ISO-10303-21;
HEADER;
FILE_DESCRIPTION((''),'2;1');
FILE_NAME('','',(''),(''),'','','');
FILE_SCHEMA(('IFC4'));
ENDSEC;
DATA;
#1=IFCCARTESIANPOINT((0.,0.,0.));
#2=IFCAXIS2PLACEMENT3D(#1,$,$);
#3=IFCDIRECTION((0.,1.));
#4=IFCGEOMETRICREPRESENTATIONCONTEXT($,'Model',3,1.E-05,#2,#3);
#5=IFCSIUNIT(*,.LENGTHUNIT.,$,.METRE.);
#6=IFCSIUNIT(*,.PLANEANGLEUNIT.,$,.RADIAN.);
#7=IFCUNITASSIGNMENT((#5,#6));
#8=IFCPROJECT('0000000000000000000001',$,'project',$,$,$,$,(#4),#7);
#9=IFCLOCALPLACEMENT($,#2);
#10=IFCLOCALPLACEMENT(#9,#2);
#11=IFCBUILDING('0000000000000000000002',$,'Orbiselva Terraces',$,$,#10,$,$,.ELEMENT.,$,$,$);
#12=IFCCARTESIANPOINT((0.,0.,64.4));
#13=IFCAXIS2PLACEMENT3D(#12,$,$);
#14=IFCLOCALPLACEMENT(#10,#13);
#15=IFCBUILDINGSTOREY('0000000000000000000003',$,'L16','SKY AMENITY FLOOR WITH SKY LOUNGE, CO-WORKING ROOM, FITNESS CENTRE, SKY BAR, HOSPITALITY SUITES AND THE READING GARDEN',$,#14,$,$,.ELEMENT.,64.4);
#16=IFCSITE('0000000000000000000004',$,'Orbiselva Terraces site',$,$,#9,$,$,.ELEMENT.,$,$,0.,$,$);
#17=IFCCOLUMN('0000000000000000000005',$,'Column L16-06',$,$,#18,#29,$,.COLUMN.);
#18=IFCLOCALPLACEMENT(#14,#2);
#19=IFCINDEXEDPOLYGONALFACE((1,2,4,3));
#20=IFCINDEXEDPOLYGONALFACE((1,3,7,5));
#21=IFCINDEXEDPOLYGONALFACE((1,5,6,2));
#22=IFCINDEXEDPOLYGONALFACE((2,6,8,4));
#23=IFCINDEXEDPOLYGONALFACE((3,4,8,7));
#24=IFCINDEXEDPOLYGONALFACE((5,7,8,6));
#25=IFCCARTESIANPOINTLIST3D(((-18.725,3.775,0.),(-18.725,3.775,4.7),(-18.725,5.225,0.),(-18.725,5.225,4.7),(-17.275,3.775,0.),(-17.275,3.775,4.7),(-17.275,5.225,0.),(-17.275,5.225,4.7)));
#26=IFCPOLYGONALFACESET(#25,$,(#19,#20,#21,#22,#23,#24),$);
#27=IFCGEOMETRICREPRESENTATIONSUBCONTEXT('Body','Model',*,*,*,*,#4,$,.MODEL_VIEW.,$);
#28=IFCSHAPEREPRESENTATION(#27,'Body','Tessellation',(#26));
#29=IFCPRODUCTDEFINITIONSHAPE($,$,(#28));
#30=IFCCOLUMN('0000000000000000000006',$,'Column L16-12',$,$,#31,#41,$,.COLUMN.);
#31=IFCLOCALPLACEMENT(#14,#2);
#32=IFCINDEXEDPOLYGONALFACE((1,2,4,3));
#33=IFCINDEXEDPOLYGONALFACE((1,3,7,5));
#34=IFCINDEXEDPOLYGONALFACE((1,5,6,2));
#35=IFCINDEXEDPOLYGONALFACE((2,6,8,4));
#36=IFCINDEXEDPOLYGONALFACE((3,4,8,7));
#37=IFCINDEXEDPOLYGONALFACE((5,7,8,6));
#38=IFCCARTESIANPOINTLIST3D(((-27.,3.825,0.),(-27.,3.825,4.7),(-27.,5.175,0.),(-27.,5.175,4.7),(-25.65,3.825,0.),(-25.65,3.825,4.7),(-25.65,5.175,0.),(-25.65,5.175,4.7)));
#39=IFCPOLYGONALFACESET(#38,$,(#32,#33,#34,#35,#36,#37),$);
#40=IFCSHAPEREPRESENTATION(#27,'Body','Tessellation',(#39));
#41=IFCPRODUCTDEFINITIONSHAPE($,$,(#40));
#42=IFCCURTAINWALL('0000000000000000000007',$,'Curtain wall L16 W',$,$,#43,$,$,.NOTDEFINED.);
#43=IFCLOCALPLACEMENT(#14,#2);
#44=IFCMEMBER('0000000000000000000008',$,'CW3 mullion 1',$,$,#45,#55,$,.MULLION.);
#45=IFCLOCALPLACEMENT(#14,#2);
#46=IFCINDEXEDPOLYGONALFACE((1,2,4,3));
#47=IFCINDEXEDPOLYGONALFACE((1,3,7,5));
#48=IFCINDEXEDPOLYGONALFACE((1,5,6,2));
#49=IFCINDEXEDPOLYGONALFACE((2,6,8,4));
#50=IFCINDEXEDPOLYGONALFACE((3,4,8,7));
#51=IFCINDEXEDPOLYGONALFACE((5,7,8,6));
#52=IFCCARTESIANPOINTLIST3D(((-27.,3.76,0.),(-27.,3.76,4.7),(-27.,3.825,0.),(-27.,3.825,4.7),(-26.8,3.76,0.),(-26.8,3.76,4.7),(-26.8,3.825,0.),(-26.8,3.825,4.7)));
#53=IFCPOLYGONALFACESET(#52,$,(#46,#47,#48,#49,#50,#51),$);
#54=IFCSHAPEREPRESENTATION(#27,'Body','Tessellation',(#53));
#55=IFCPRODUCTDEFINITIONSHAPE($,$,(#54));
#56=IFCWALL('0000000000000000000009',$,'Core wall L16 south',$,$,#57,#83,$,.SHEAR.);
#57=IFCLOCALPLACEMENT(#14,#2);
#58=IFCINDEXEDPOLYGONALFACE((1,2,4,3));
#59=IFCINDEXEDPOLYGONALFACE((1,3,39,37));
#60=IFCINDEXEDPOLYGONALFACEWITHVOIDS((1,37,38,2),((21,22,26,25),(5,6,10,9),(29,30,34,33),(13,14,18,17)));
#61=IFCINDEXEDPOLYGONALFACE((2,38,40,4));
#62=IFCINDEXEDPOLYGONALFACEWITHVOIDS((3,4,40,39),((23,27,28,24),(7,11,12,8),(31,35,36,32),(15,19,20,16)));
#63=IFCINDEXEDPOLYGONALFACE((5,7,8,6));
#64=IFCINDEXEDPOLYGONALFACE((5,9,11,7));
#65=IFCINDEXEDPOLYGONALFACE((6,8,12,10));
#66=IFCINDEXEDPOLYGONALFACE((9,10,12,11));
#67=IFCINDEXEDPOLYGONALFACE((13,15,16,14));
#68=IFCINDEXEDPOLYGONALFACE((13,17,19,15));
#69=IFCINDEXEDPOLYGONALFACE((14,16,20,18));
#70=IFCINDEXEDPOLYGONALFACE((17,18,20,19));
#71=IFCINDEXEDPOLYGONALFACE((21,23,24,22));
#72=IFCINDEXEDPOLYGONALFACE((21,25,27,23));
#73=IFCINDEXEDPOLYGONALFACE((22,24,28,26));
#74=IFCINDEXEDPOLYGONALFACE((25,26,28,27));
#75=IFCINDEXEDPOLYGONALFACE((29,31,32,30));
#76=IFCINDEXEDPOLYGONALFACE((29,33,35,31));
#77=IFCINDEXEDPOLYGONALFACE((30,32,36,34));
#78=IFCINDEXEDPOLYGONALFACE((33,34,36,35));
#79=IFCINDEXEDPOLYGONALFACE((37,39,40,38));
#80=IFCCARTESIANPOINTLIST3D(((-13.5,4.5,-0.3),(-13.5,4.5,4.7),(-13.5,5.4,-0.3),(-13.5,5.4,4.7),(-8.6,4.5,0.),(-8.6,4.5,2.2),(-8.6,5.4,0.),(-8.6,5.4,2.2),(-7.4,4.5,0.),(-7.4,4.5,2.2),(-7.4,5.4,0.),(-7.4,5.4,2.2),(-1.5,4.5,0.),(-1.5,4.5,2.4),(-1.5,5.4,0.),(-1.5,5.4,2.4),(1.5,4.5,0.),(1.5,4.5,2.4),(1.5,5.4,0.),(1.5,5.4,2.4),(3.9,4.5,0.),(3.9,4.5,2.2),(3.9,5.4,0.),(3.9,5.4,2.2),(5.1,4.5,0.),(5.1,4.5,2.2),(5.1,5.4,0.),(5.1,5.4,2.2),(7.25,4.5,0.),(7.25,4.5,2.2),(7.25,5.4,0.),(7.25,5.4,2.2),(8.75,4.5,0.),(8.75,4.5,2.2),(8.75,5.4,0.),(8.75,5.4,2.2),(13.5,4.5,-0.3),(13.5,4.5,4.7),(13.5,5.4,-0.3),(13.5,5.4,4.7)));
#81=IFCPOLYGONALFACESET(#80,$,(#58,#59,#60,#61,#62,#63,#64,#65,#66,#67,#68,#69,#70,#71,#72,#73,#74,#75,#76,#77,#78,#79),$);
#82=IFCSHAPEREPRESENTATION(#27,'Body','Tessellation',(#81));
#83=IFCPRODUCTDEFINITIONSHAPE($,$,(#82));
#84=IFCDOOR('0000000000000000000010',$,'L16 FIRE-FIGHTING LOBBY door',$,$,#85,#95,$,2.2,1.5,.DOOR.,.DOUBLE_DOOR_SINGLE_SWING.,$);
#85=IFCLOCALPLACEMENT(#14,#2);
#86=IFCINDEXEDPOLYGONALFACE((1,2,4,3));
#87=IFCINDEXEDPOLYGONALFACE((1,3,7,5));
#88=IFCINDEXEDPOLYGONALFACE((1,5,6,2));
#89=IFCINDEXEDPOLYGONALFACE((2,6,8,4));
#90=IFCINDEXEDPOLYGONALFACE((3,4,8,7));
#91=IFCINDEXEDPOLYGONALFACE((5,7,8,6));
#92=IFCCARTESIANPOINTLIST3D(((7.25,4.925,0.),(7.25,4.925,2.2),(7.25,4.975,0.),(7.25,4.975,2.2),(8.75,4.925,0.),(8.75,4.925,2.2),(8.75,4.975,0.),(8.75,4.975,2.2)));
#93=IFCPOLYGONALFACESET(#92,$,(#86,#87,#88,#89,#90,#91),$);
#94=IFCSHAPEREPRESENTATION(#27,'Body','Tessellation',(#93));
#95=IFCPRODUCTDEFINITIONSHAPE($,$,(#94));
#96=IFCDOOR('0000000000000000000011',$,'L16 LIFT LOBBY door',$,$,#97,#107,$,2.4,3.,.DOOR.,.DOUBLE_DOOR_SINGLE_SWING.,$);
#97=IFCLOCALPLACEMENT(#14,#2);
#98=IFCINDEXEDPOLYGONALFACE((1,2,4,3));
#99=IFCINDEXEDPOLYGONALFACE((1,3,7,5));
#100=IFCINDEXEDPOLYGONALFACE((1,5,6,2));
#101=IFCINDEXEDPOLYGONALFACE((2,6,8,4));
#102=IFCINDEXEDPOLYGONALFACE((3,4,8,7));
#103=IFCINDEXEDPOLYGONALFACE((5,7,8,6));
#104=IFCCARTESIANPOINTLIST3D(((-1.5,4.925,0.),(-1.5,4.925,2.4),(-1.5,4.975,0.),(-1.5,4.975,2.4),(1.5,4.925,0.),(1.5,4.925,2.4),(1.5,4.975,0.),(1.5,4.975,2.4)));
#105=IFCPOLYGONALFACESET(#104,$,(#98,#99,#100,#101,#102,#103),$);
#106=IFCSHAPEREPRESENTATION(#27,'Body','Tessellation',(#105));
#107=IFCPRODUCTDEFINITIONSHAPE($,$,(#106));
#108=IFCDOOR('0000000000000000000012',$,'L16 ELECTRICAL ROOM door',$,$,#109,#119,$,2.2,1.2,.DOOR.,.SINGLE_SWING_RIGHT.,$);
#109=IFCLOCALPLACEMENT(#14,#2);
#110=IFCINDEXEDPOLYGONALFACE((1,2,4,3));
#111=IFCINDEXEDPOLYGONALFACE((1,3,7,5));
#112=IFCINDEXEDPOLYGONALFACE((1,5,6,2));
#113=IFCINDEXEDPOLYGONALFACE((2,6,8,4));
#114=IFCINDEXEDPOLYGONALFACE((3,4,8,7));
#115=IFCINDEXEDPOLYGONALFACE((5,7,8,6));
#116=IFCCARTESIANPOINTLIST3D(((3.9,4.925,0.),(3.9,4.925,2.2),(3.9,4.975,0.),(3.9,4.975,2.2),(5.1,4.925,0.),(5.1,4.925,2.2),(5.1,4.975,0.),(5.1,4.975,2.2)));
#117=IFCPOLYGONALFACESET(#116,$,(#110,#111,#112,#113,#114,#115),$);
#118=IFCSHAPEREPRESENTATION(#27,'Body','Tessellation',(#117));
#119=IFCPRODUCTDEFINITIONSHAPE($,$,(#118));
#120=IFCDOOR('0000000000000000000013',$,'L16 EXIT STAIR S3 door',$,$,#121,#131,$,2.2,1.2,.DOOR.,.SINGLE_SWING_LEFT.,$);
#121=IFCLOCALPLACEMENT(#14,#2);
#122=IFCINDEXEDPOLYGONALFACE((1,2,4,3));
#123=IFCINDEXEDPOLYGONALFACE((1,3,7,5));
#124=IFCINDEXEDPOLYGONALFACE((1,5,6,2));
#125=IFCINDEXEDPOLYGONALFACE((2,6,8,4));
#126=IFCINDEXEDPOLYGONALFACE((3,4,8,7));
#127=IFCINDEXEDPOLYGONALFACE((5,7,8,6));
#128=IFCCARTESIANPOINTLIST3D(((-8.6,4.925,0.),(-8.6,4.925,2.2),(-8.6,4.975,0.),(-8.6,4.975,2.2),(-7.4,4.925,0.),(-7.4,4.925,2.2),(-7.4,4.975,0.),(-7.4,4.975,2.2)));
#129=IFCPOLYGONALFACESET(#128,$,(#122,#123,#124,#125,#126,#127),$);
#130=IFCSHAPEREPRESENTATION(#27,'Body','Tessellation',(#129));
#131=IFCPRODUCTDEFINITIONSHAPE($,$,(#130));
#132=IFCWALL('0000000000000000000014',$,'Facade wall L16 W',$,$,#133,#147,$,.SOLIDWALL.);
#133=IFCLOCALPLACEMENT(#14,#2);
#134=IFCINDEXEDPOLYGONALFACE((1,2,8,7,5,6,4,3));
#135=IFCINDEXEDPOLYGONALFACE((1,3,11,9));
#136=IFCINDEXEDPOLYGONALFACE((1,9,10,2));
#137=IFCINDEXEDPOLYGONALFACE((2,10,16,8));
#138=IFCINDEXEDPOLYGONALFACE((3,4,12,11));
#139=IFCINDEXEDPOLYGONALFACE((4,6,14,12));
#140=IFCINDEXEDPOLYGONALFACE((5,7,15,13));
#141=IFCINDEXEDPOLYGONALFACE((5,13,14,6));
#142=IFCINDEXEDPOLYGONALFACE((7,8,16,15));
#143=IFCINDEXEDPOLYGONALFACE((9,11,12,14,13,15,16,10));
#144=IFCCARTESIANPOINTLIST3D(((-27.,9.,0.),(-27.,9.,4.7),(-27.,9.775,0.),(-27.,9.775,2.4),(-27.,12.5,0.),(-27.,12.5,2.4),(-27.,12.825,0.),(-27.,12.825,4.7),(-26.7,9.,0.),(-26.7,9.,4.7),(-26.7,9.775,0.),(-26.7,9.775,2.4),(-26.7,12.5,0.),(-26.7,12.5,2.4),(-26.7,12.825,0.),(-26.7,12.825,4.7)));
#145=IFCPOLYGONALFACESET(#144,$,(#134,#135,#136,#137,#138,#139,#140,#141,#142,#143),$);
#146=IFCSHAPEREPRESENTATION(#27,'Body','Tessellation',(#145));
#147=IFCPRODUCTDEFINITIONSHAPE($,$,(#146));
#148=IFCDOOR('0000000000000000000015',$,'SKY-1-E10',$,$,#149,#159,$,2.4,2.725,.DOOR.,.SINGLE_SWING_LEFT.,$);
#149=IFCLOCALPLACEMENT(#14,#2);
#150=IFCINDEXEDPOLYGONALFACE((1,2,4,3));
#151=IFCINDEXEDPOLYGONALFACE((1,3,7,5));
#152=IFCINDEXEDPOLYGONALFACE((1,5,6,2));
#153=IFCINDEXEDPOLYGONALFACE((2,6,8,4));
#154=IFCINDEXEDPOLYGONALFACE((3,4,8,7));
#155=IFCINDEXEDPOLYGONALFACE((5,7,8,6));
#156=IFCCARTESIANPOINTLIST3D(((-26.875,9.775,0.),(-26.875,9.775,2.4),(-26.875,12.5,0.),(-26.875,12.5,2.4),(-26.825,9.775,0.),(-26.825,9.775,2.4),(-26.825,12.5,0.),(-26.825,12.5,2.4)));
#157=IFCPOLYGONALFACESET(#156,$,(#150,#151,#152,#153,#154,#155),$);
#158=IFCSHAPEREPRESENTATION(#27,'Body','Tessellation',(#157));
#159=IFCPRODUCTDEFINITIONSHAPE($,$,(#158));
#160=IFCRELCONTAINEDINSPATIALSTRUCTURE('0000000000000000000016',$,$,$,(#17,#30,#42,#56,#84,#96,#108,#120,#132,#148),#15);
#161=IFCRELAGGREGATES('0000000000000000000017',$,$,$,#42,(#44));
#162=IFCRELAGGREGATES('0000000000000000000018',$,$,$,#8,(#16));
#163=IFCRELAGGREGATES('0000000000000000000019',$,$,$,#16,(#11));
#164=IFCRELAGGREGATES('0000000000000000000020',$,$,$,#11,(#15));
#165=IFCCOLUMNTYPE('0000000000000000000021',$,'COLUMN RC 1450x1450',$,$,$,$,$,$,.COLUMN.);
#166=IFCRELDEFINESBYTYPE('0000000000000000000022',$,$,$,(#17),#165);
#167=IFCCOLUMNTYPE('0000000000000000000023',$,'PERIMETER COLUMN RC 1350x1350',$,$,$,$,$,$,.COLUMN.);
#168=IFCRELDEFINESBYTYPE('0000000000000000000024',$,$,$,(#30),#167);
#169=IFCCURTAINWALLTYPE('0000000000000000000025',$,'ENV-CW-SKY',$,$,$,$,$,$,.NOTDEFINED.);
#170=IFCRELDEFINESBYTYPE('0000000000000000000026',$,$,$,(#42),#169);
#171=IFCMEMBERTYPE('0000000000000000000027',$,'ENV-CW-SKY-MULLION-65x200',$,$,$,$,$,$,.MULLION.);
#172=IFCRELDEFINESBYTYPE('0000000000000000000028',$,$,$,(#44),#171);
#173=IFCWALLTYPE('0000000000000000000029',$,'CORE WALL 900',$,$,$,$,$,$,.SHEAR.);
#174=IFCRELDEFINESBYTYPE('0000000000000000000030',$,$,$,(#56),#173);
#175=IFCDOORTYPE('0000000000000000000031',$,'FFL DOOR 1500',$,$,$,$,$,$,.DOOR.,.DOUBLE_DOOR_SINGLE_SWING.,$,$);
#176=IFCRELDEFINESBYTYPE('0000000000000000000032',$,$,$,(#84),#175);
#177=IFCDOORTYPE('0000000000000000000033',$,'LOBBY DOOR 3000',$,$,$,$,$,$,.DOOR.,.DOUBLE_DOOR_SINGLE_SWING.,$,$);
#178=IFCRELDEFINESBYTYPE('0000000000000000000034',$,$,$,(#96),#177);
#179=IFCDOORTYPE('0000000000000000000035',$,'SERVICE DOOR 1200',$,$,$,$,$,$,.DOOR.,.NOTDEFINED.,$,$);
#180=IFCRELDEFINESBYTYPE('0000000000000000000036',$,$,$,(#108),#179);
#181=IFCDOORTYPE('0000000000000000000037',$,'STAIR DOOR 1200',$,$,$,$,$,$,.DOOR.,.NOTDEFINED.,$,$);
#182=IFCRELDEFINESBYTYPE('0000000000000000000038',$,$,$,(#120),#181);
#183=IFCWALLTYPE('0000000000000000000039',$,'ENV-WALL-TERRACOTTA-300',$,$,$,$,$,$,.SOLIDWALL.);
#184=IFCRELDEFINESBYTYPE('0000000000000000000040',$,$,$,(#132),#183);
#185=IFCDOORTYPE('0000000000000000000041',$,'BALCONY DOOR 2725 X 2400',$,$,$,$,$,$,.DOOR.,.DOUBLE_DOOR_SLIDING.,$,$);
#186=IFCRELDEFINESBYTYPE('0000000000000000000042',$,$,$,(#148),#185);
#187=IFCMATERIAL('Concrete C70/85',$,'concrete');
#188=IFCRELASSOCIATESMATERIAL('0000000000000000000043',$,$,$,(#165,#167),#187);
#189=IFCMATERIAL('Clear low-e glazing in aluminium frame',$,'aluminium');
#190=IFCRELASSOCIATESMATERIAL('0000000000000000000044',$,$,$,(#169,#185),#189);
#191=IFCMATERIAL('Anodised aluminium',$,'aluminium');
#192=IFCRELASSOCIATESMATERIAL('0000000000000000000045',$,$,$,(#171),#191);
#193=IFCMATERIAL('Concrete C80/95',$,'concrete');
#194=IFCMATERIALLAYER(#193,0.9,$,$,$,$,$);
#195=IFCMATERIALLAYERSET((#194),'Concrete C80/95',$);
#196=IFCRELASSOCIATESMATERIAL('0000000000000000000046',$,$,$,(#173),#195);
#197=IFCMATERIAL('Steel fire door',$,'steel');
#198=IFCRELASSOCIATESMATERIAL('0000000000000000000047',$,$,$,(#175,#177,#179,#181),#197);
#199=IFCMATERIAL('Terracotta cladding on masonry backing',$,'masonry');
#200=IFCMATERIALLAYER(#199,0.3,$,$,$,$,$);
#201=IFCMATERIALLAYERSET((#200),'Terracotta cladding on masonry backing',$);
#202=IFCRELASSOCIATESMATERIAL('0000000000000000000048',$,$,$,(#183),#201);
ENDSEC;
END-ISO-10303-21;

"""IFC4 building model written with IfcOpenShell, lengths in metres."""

from ifc_helpers import new_model, si_unit, direction, frame, frame_2d, origin, origin_2d, place, context, subcontext, project, spatial, rectangle, extrude, material, layer, layer_set, material_profile, profile_set, type_object, element, fill, aggregate, save


model = new_model("IFC4")

# Units and contexts
model_context = context("Model", 3, precision=1e-05, world=origin(), true_north=direction((0.0, 1.0)))
body_context = subcontext(model_context, "Body", "Model", "MODEL_VIEW")
ifc_project = project(units=[si_unit("LENGTHUNIT", "METRE"), si_unit("PLANEANGLEUNIT", "RADIAN")], contexts=[model_context])

# Site, building, storey
site_placement = place(None, origin())
site = spatial("IfcSite", under=ifc_project, at=site_placement, Name="Orbiselva Terraces site", CompositionType="ELEMENT", RefElevation=0.0)
building_placement = place(site_placement, origin())
building = spatial("IfcBuilding", under=site, at=building_placement, Name="Orbiselva Terraces", CompositionType="ELEMENT")
storey_placement = place(building_placement, frame((0.0, 0.0, 64.4)))
storey = spatial("IfcBuildingStorey", under=building, at=storey_placement, Name="L16", Description="SKY AMENITY FLOOR WITH SKY LOUNGE, CO-WORKING ROOM, FITNESS CENTRE, SKY BAR, HOSPITALITY SUITES AND THE READING GARDEN", CompositionType="ELEMENT", Elevation=64.4)

# Columns
ifc_material_1 = material(Name="Concrete C70/85", Category="concrete")
ifc_material_profile_1 = material_profile(ifc_material_1, rectangle(XDim=1.45, YDim=1.45, at=origin_2d()), Name="RC 1450x1450")
ifc_profile_set_1 = profile_set([ifc_material_profile_1], Name="Concrete C70/85")
column_type_1 = type_object("IfcColumnType", Name="COLUMN RC 1450x1450", PredefinedType="COLUMN", material=ifc_profile_set_1)
column_1_placement = place(storey_placement, frame((-18.0, 4.5, 0.0), z_axis=(0.0, 0.0, 1.0), x_axis=(1.0, 0.0, 0.0)))
element("IfcColumn", 1, at=column_1_placement, inside=storey, type_object=column_type_1, Name="Column L16-06", PredefinedType="COLUMN", context=body_context, shape_type="SweptSolid", body=[
    extrude(rectangle(XDim=1.45, YDim=1.45, at=origin_2d()), origin(), (0.0, 0.0, 1.0), 4.7),
])
ifc_material_profile_2 = material_profile(ifc_material_1, rectangle(XDim=1.35, YDim=1.35, at=origin_2d()), Name="RC 1350x1350")
ifc_profile_set_2 = profile_set([ifc_material_profile_2], Name="Concrete C70/85")
column_type_2 = type_object("IfcColumnType", Name="PERIMETER COLUMN RC 1350x1350", PredefinedType="COLUMN", material=ifc_profile_set_2)
column_2_placement = place(storey_placement, frame((-26.325, 4.5, 0.0), z_axis=(0.0, 0.0, 1.0), x_axis=(1.0, 0.0, 0.0)))
element("IfcColumn", 2, at=column_2_placement, inside=storey, type_object=column_type_2, Name="Column L16-12", PredefinedType="COLUMN", context=body_context, shape_type="SweptSolid", body=[
    extrude(rectangle(XDim=1.35, YDim=1.35, at=origin_2d()), origin(), (0.0, 0.0, 1.0), 4.7),
])

# Curtain wall, member
ifc_material_2 = material(Name="Clear low-e glazing in aluminium frame", Category="aluminium")
curtain_wall_type = type_object("IfcCurtainWallType", Name="ENV-CW-SKY", PredefinedType="NOTDEFINED", material=ifc_material_2)
curtain_wall_placement = place(storey_placement, origin())
curtain_wall = element("IfcCurtainWall", 3, at=curtain_wall_placement, inside=storey, type_object=curtain_wall_type, Name="Curtain wall L16 W", PredefinedType="NOTDEFINED")
ifc_material_3 = material(Name="Anodised aluminium", Category="aluminium")
ifc_material_profile_3 = material_profile(ifc_material_3, rectangle(XDim=0.2, YDim=0.065, at=origin_2d()), Name="AL 65x200")
ifc_profile_set_3 = profile_set([ifc_material_profile_3], Name="Anodised aluminium")
member_type = type_object("IfcMemberType", Name="ENV-CW-SKY-MULLION-65x200", PredefinedType="MULLION", material=ifc_profile_set_3)
member_placement = place(storey_placement, frame((-26.9, 3.7925, 0.0), z_axis=(0.0, 0.0, 1.0), x_axis=(1.0, 0.0, 0.0)))
member = element("IfcMember", 4, at=member_placement, type_object=member_type, Name="CW3 mullion 1", PredefinedType="MULLION", context=body_context, shape_type="SweptSolid", body=[
    extrude(rectangle(XDim=0.2, YDim=0.065, at=origin_2d()), origin(), (0.0, 0.0, 1.0), 4.7),
])
aggregate(curtain_wall, [member])

# Wall, openings, doors
ifc_material_4 = material(Name="Concrete C80/95", Category="concrete")
ifc_layer_1 = layer(ifc_material_4, 0.9)
ifc_layer_set_1 = layer_set([ifc_layer_1], Name="Concrete C80/95")
wall_type_1 = type_object("IfcWallType", Name="CORE WALL 900", PredefinedType="SHEAR", material=ifc_layer_set_1)
wall_1_placement = place(storey_placement, frame((-13.5, 4.95, -0.3), z_axis=(0.0, 0.0, 1.0), x_axis=(1.0, 0.0, 0.0)))
wall_1 = element("IfcWall", 5, at=wall_1_placement, inside=storey, type_object=wall_type_1, Name="Core wall L16 south", PredefinedType="SHEAR", context=body_context, shape_type="SweptSolid", body=[
    extrude(rectangle(XDim=27.0, YDim=0.9, at=frame_2d((13.5, 0.0))), origin(), (0.0, 0.0, 1.0), 5.0),
])
opening_1_placement = place(wall_1_placement, frame((12.0, 0.0, 0.3)))
opening_1 = element("IfcOpeningElement", 6, at=opening_1_placement, cuts=wall_1, PredefinedType="OPENING", context=body_context, shape_type="SweptSolid", body=[
    extrude(rectangle(XDim=3.0, YDim=2.4, at=frame_2d((1.5, 1.2))), frame((0.0, 0.46, 0.0), z_axis=(0.0, -1.0, 0.0), x_axis=(1.0, 0.0, 0.0)), (0.0, 0.0, 1.0), 0.92),
])
opening_2_placement = place(wall_1_placement, frame((4.9, 0.0, 0.3)))
opening_2 = element("IfcOpeningElement", 7, at=opening_2_placement, cuts=wall_1, PredefinedType="OPENING", context=body_context, shape_type="SweptSolid", body=[
    extrude(rectangle(XDim=1.2, YDim=2.2, at=frame_2d((0.6, 1.1))), frame((0.0, 0.46, 0.0), z_axis=(0.0, -1.0, 0.0), x_axis=(1.0, 0.0, 0.0)), (0.0, 0.0, 1.0), 0.92),
])
opening_3_placement = place(wall_1_placement, frame((20.75, 0.0, 0.3)))
opening_3 = element("IfcOpeningElement", 8, at=opening_3_placement, cuts=wall_1, PredefinedType="OPENING", context=body_context, shape_type="SweptSolid", body=[
    extrude(rectangle(XDim=1.5, YDim=2.2, at=frame_2d((0.75, 1.1))), frame((0.0, 0.46, 0.0), z_axis=(0.0, -1.0, 0.0), x_axis=(1.0, 0.0, 0.0)), (0.0, 0.0, 1.0), 0.92),
])
opening_4_placement = place(wall_1_placement, frame((17.4, 0.0, 0.3)))
opening_4 = element("IfcOpeningElement", 9, at=opening_4_placement, cuts=wall_1, PredefinedType="OPENING", context=body_context, shape_type="SweptSolid", body=[
    extrude(rectangle(XDim=1.2, YDim=2.2, at=frame_2d((0.6, 1.1))), frame((0.0, 0.46, 0.0), z_axis=(0.0, -1.0, 0.0), x_axis=(1.0, 0.0, 0.0)), (0.0, 0.0, 1.0), 0.92),
])
ifc_material_5 = material(Name="Steel fire door", Category="steel")
door_type_1 = type_object("IfcDoorType", Name="FFL DOOR 1500", OperationType="DOUBLE_DOOR_SINGLE_SWING", PredefinedType="DOOR", material=ifc_material_5)
door_1_placement = place(opening_3_placement, frame((1.5, 0.0, 0.0), z_axis=(0.0, 0.0, 1.0), x_axis=(-1.0, 0.0, 0.0)))
door_1 = element("IfcDoor", 10, at=door_1_placement, inside=storey, type_object=door_type_1, Name="L16 FIRE-FIGHTING LOBBY door", OperationType="DOUBLE_DOOR_SINGLE_SWING", OverallHeight=2.2, OverallWidth=1.5, PredefinedType="DOOR", context=body_context, shape_type="SweptSolid", body=[
    extrude(rectangle(XDim=1.5, YDim=2.2, at=frame_2d((0.75, 1.1))), frame((0.0, 0.025, 0.0), z_axis=(0.0, -1.0, 0.0), x_axis=(1.0, 0.0, 0.0)), (0.0, 0.0, 1.0), 0.05),
])
fill(opening_3, door_1)
door_type_2 = type_object("IfcDoorType", Name="LOBBY DOOR 3000", OperationType="DOUBLE_DOOR_SINGLE_SWING", PredefinedType="DOOR", material=ifc_material_5)
door_2_placement = place(opening_1_placement, frame((3.0, 0.0, 0.0), z_axis=(0.0, 0.0, 1.0), x_axis=(-1.0, 0.0, 0.0)))
door_2 = element("IfcDoor", 11, at=door_2_placement, inside=storey, type_object=door_type_2, Name="L16 LIFT LOBBY door", OperationType="DOUBLE_DOOR_SINGLE_SWING", OverallHeight=2.4, OverallWidth=3.0, PredefinedType="DOOR", context=body_context, shape_type="SweptSolid", body=[
    extrude(rectangle(XDim=3.0, YDim=2.4, at=frame_2d((1.5, 1.2))), frame((0.0, 0.025, 0.0), z_axis=(0.0, -1.0, 0.0), x_axis=(1.0, 0.0, 0.0)), (0.0, 0.0, 1.0), 0.05),
])
fill(opening_1, door_2)
door_type_3 = type_object("IfcDoorType", Name="SERVICE DOOR 1200", OperationType="NOTDEFINED", PredefinedType="DOOR", material=ifc_material_5)
door_3_placement = place(opening_4_placement, frame((1.2, 0.0, 0.0), z_axis=(0.0, 0.0, 1.0), x_axis=(-1.0, 0.0, 0.0)))
door_3 = element("IfcDoor", 12, at=door_3_placement, inside=storey, type_object=door_type_3, Name="L16 ELECTRICAL ROOM door", OperationType="SINGLE_SWING_RIGHT", OverallHeight=2.2, OverallWidth=1.2, PredefinedType="DOOR", context=body_context, shape_type="SweptSolid", body=[
    extrude(rectangle(XDim=1.2, YDim=2.2, at=frame_2d((0.6, 1.1))), frame((0.0, 0.025, 0.0), z_axis=(0.0, -1.0, 0.0), x_axis=(1.0, 0.0, 0.0)), (0.0, 0.0, 1.0), 0.05),
])
fill(opening_4, door_3)
door_type_4 = type_object("IfcDoorType", Name="STAIR DOOR 1200", OperationType="NOTDEFINED", PredefinedType="DOOR", material=ifc_material_5)
door_4_placement = place(opening_2_placement, frame((1.2, 0.0, 0.0), z_axis=(0.0, 0.0, 1.0), x_axis=(-1.0, 0.0, 0.0)))
door_4 = element("IfcDoor", 13, at=door_4_placement, inside=storey, type_object=door_type_4, Name="L16 EXIT STAIR S3 door", OperationType="SINGLE_SWING_LEFT", OverallHeight=2.2, OverallWidth=1.2, PredefinedType="DOOR", context=body_context, shape_type="SweptSolid", body=[
    extrude(rectangle(XDim=1.2, YDim=2.2, at=frame_2d((0.6, 1.1))), frame((0.0, 0.025, 0.0), z_axis=(0.0, -1.0, 0.0), x_axis=(1.0, 0.0, 0.0)), (0.0, 0.0, 1.0), 0.05),
])
fill(opening_2, door_4)

# Wall, opening, door
ifc_material_6 = material(Name="Terracotta cladding on masonry backing", Category="masonry")
ifc_layer_2 = layer(ifc_material_6, 0.3)
ifc_layer_set_2 = layer_set([ifc_layer_2], Name="Terracotta cladding on masonry backing")
wall_type_2 = type_object("IfcWallType", Name="ENV-WALL-TERRACOTTA-300", PredefinedType="SOLIDWALL", material=ifc_layer_set_2)
wall_2_placement = place(storey_placement, frame((-26.85, 9.0, 0.0), z_axis=(0.0, 0.0, 1.0), x_axis=(0.0, 1.0, 0.0)))
wall_2 = element("IfcWall", 14, at=wall_2_placement, inside=storey, type_object=wall_type_2, Name="Facade wall L16 W", PredefinedType="SOLIDWALL", context=body_context, shape_type="SweptSolid", body=[
    extrude(rectangle(XDim=3.825, YDim=0.3, at=frame_2d((1.9125, 0.0))), origin(), (0.0, 0.0, 1.0), 4.7),
])
opening_5_placement = place(wall_2_placement, frame((0.775, 0.0, 0.0)))
opening_5 = element("IfcOpeningElement", 15, at=opening_5_placement, cuts=wall_2, PredefinedType="OPENING", context=body_context, shape_type="SweptSolid", body=[
    extrude(rectangle(XDim=2.725, YDim=2.4, at=frame_2d((1.3625, 1.2))), frame((0.0, 0.16, 0.0), z_axis=(0.0, -1.0, 0.0), x_axis=(1.0, 0.0, 0.0)), (0.0, 0.0, 1.0), 0.32),
])
door_type_5 = type_object("IfcDoorType", Name="BALCONY DOOR 2725 X 2400", OperationType="DOUBLE_DOOR_SLIDING", PredefinedType="DOOR", material=ifc_material_2)
door_5_placement = place(opening_5_placement, origin())
door_5 = element("IfcDoor", 16, at=door_5_placement, inside=storey, type_object=door_type_5, Name="SKY-1-E10", OperationType="SINGLE_SWING_LEFT", OverallHeight=2.4, OverallWidth=2.725, PredefinedType="DOOR", context=body_context, shape_type="SweptSolid", body=[
    extrude(rectangle(XDim=2.725, YDim=2.4, at=frame_2d((1.3625, 1.2))), frame((0.0, 0.025, 0.0), z_axis=(0.0, -1.0, 0.0), x_axis=(1.0, 0.0, 0.0)), (0.0, 0.0, 1.0), 0.05),
])
fill(opening_5, door_5)

save(model, "model.ifc")
